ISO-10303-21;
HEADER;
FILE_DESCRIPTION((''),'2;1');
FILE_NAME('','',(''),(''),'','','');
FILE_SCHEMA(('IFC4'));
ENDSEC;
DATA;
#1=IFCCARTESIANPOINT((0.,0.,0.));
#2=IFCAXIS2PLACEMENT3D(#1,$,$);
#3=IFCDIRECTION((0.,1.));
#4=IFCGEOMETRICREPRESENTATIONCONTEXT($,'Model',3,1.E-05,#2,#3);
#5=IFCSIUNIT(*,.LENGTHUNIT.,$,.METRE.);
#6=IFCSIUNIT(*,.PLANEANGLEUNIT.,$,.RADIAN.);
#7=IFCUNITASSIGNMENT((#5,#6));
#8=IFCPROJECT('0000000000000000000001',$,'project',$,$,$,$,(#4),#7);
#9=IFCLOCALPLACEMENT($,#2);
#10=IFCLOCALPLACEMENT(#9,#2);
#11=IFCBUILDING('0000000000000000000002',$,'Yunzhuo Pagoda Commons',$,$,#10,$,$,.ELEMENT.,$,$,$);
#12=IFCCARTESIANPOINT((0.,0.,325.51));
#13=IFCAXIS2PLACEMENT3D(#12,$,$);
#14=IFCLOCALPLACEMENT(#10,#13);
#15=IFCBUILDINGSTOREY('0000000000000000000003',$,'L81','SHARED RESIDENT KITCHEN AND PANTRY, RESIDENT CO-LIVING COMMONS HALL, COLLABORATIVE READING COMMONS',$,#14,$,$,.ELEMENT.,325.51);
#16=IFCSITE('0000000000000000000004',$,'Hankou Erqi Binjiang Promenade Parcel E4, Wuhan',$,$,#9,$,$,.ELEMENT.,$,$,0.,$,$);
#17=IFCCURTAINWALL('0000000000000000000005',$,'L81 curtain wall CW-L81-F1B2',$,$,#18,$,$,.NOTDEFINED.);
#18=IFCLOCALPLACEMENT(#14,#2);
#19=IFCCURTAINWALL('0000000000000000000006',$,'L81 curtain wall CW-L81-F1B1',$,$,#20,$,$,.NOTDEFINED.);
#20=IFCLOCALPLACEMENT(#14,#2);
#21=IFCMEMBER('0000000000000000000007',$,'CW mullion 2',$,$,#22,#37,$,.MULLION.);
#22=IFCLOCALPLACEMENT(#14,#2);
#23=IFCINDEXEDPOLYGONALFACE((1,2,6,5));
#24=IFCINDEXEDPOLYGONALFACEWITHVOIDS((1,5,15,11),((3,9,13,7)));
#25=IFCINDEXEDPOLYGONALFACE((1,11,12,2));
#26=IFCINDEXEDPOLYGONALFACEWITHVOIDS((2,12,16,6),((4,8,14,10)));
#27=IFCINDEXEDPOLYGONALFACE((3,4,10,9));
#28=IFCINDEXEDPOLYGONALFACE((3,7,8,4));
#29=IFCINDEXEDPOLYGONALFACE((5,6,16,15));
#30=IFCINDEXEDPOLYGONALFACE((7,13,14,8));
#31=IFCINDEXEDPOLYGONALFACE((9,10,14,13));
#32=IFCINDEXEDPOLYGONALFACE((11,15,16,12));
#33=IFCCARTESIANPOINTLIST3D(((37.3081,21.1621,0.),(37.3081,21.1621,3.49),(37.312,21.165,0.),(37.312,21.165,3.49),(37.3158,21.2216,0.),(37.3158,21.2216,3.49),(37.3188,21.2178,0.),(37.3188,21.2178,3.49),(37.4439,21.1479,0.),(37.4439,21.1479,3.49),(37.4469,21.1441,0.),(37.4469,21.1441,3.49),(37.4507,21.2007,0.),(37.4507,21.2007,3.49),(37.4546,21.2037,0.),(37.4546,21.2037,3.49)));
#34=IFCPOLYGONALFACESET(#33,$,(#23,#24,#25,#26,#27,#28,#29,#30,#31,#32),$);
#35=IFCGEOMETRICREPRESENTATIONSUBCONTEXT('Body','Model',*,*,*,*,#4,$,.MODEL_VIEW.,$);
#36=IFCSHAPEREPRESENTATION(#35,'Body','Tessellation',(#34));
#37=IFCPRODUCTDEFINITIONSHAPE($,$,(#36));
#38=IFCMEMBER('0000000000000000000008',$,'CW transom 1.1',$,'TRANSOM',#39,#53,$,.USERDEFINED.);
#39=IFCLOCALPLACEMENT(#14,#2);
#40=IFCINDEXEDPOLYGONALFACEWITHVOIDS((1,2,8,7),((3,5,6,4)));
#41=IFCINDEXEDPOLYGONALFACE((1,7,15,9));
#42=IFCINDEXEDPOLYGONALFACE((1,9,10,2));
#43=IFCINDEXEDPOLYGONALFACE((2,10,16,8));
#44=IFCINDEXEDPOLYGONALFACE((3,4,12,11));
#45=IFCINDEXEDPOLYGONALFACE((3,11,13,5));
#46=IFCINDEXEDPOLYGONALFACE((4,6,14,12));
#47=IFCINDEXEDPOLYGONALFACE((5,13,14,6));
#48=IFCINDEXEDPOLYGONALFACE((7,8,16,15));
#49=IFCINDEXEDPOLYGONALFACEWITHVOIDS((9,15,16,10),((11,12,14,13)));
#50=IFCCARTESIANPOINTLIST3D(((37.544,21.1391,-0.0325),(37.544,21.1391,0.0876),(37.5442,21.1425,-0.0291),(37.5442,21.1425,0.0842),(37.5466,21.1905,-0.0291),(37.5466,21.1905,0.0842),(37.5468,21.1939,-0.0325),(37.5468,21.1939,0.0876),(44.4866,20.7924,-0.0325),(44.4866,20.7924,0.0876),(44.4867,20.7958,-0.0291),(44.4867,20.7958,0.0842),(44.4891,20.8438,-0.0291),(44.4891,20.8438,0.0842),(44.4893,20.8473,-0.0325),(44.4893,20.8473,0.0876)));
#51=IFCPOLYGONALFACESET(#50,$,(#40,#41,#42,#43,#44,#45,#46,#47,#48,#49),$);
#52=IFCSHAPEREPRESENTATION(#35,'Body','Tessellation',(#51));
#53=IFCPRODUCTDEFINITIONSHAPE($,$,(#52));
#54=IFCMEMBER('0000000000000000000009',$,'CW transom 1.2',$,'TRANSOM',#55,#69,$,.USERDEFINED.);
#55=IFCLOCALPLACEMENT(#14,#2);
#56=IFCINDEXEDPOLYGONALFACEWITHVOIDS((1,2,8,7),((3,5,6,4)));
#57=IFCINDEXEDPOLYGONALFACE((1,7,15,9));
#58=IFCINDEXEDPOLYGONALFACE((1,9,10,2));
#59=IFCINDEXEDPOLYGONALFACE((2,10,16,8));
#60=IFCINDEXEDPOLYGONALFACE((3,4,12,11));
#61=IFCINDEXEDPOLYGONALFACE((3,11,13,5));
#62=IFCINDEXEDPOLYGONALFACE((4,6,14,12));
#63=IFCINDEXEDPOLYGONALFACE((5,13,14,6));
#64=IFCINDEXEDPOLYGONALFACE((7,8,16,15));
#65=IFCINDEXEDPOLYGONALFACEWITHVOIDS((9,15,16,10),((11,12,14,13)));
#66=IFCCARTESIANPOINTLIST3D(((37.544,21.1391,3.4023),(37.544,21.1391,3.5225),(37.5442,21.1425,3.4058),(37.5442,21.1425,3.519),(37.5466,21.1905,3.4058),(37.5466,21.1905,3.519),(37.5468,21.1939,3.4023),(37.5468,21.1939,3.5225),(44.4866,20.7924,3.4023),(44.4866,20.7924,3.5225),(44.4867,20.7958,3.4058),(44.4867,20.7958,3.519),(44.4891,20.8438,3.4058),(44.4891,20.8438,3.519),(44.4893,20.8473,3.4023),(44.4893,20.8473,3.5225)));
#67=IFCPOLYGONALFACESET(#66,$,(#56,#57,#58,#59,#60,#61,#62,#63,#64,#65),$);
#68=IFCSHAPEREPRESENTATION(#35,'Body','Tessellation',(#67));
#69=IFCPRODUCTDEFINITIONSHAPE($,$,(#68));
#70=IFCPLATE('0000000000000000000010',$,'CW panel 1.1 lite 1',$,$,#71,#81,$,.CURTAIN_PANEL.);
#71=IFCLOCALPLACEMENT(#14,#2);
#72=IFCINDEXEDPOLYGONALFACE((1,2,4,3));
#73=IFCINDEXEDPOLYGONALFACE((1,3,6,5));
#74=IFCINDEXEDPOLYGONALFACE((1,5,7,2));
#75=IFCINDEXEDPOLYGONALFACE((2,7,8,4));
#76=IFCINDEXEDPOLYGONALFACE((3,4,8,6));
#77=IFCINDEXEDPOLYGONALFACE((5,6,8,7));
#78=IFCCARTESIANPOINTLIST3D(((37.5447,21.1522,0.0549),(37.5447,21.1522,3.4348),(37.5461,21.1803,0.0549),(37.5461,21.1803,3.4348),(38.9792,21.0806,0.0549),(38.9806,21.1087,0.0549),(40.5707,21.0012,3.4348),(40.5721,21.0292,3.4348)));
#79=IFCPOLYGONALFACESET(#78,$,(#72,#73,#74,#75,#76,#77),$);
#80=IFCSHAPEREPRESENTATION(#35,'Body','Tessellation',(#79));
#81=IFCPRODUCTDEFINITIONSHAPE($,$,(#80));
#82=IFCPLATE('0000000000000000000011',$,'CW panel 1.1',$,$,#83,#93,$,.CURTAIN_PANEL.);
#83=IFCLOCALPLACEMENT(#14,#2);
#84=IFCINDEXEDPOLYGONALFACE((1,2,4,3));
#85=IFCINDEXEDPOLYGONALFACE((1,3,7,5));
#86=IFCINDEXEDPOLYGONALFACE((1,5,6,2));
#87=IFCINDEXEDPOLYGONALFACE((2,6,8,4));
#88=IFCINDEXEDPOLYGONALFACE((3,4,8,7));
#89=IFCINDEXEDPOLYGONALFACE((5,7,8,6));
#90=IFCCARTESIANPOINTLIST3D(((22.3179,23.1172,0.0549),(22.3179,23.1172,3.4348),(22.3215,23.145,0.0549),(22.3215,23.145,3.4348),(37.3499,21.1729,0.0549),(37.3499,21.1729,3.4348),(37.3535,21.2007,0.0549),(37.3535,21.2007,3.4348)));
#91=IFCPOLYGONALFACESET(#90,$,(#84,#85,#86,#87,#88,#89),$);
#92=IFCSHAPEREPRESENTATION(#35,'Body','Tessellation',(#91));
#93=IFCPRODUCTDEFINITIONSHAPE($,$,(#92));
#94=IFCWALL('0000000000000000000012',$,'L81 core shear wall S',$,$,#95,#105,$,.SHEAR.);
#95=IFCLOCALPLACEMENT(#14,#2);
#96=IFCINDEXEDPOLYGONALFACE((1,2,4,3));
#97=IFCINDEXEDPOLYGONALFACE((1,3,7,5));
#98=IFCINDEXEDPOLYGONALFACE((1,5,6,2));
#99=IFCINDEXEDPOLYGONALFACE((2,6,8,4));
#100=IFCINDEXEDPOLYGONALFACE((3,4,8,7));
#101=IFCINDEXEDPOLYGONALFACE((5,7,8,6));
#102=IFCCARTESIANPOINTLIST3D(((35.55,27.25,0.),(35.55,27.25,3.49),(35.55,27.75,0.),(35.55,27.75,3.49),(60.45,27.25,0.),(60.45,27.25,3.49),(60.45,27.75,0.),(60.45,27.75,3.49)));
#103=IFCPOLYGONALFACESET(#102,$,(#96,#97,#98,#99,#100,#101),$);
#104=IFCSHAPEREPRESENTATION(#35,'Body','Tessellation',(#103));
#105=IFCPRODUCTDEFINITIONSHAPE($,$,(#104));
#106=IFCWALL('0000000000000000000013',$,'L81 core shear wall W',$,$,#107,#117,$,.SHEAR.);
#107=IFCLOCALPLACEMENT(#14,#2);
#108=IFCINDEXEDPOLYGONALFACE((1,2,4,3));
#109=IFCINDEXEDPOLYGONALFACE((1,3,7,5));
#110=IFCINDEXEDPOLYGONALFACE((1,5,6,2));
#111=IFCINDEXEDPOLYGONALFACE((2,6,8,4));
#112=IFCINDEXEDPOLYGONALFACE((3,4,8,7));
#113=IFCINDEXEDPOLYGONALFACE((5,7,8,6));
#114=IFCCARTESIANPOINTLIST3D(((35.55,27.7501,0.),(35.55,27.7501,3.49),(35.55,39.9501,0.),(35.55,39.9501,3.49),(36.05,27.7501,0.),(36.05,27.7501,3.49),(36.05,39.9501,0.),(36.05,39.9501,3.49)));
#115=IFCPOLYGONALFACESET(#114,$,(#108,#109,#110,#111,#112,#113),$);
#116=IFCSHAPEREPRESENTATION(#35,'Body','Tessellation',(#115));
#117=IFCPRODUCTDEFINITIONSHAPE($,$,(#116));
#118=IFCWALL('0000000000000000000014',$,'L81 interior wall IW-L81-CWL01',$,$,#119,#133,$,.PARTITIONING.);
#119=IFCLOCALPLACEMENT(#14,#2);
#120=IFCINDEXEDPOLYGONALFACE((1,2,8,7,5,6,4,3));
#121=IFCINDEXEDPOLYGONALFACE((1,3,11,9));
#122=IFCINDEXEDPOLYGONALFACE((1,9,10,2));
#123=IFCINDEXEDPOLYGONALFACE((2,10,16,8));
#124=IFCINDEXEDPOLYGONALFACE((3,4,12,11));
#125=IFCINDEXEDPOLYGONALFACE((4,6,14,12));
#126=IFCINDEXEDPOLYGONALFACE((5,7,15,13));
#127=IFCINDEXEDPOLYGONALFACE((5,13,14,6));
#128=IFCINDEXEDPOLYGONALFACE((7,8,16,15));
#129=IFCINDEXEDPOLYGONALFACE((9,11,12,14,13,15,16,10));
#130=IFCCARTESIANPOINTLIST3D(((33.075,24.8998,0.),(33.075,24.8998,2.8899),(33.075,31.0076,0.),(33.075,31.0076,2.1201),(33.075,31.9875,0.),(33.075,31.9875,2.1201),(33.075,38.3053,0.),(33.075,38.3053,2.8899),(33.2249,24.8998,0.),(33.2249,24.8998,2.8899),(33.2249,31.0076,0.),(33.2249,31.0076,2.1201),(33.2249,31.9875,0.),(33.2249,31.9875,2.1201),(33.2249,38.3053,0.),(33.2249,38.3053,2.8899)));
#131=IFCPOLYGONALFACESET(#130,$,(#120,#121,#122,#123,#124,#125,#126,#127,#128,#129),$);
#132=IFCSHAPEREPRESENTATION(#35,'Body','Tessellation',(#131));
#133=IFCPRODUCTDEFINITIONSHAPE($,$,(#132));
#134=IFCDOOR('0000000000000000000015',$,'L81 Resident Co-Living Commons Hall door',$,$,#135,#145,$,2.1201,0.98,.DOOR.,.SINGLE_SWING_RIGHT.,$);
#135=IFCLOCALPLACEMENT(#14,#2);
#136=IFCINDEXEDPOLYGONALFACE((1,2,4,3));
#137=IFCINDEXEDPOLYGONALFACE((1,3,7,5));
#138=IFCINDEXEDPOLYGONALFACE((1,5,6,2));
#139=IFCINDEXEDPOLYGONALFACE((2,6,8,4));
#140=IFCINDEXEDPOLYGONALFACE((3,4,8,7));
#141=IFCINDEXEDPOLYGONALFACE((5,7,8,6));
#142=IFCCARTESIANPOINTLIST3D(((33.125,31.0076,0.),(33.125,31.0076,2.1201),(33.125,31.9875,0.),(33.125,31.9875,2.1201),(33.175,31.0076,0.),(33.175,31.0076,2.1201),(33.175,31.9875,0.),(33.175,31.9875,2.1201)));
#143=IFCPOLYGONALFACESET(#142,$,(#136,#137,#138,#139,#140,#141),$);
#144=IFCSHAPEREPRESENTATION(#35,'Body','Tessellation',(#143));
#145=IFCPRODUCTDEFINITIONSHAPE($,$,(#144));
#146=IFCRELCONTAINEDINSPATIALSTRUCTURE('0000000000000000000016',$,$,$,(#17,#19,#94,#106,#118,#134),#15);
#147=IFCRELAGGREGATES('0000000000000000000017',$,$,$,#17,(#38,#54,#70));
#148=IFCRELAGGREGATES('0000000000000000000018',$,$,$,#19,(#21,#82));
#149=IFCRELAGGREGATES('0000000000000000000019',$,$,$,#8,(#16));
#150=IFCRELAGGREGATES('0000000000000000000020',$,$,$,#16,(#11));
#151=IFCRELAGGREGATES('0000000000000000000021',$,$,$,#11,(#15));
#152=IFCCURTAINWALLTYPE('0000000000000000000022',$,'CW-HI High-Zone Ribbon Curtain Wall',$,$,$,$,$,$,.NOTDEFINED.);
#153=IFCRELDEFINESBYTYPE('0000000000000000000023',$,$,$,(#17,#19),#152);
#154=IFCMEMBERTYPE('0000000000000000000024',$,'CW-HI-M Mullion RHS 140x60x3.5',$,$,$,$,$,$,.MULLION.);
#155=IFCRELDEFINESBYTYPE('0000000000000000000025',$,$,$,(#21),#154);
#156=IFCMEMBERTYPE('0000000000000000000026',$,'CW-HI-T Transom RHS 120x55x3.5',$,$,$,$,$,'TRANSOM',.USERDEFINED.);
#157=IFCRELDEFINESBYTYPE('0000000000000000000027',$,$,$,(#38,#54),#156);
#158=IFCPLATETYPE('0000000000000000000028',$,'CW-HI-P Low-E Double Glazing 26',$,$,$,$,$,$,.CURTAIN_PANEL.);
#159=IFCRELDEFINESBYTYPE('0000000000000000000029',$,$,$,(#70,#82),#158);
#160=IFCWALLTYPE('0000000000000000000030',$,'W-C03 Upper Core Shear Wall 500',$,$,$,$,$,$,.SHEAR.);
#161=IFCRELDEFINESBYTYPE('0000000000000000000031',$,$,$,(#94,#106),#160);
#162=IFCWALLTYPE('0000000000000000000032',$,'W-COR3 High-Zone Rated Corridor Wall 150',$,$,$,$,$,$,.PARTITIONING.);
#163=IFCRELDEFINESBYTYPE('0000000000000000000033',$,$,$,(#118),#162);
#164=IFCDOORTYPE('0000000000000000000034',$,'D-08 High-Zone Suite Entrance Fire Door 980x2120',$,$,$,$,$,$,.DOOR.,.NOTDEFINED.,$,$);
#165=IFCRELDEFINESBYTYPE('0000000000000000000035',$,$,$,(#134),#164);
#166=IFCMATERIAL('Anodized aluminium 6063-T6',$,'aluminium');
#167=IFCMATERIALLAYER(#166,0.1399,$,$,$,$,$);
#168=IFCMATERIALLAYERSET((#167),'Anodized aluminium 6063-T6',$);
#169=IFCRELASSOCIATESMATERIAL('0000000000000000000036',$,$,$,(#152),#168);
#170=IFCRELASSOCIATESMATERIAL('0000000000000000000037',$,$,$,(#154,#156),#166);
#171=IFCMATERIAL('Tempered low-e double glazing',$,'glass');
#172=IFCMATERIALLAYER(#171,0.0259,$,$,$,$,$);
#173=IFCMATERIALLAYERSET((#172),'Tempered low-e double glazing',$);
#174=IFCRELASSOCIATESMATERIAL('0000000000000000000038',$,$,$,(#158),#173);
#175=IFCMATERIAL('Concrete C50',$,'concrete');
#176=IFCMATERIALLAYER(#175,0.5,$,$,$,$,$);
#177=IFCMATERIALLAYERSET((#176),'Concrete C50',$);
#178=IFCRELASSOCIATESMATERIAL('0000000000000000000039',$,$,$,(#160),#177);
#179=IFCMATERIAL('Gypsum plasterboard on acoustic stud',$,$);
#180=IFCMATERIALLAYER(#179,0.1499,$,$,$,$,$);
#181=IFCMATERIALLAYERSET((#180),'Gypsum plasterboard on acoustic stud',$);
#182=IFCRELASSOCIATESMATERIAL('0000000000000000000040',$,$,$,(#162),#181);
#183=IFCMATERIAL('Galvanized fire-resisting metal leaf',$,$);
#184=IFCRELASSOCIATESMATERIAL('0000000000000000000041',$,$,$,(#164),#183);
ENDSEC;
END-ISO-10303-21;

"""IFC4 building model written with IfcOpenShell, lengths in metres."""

from ifc_helpers import new_model, si_unit, direction, frame, frame_2d, origin, origin_with_axes, origin_2d, place, context, subcontext, project, spatial, polyline, rectangle, hollow_rectangle, outline, extrude, source, transform, mapped, material, layer, layer_set, material_profile, profile_set, type_object, element, fill, aggregate, save


model = new_model("IFC4")

# Units and contexts
model_context = context("Model", 3, precision=1e-05, world=origin(), true_north=direction((0.0, 1.0)))
body_context = subcontext(model_context, "Body", "Model", "MODEL_VIEW")
ifc_project = project(units=[si_unit("LENGTHUNIT", "METRE"), si_unit("PLANEANGLEUNIT", "RADIAN")], contexts=[model_context])

# Site, building, storey
site_placement = place(None, origin())
site = spatial("IfcSite", under=ifc_project, at=site_placement, Name="Hankou Erqi Binjiang Promenade Parcel E4, Wuhan", CompositionType="ELEMENT", RefElevation=0.0)
building_placement = place(site_placement, origin())
building = spatial("IfcBuilding", under=site, at=building_placement, Name="Yunzhuo Pagoda Commons", CompositionType="ELEMENT")
storey_placement = place(building_placement, frame((0.0, 0.0, 325.51)))
storey = spatial("IfcBuildingStorey", under=building, at=storey_placement, Name="L81", Description="SHARED RESIDENT KITCHEN AND PANTRY, RESIDENT CO-LIVING COMMONS HALL, COLLABORATIVE READING COMMONS", CompositionType="ELEMENT", Elevation=325.51)

# Curtain walls, member
ifc_material_1 = material(Name="Anodized aluminium 6063-T6", Category="aluminium")
ifc_layer_1 = layer(ifc_material_1, 0.1399)
ifc_layer_set_1 = layer_set([ifc_layer_1], Name="Anodized aluminium 6063-T6")
curtain_wall_type = type_object("IfcCurtainWallType", Name="CW-HI High-Zone Ribbon Curtain Wall", PredefinedType="NOTDEFINED", material=ifc_layer_set_1)
curtain_wall_1_placement = place(storey_placement, origin())
curtain_wall_1 = element("IfcCurtainWall", 1, at=curtain_wall_1_placement, inside=storey, type_object=curtain_wall_type, Name="L81 curtain wall CW-L81-F1B2", PredefinedType="NOTDEFINED")
ifc_material_profile_1 = material_profile(ifc_material_1, hollow_rectangle(XDim=0.0601, YDim=0.1399, WallThickness=0.0034, at=origin_2d()), Name="Anodized aluminium 6063-T6")
ifc_profile_set_1 = profile_set([ifc_material_profile_1], Name="Anodized aluminium 6063-T6")
member_type_1 = type_object("IfcMemberType", Name="CW-HI-M Mullion RHS 140x60x3.5", PredefinedType="MULLION", material=ifc_profile_set_1)
shared_shape_1 = source(origin(), body_context, "Body", "SweptSolid", [
    extrude(hollow_rectangle(XDim=0.0601, YDim=0.1399, WallThickness=0.0034, at=origin_2d()), origin(), (0.0, 0.0, 1.0), 3.49),
])
curtain_wall_2_placement = place(storey_placement, origin())
curtain_wall_2 = element("IfcCurtainWall", 2, at=curtain_wall_2_placement, inside=storey, type_object=curtain_wall_type, Name="L81 curtain wall CW-L81-F1B1", PredefinedType="NOTDEFINED")
member_1_placement = place(storey_placement, frame((37.3813, 21.1829, 0.0), z_axis=(0.0, 0.0, 1.0), x_axis=(0.128276, 0.991739, 0.0)))
member_1 = element("IfcMember", 3, at=member_1_placement, type_object=member_type_1, Name="CW mullion 2", PredefinedType="MULLION", context=body_context, shape_type="MappedRepresentation", body=[
    mapped(shared_shape_1, transform((0.0, 0.0, 0.0), scale=1.0)),
])

# Members
ifc_material_profile_2 = material_profile(ifc_material_1, hollow_rectangle(XDim=0.0549, YDim=0.1201, WallThickness=0.0034, at=origin_2d()), Name="Anodized aluminium 6063-T6")
ifc_profile_set_2 = profile_set([ifc_material_profile_2], Name="Anodized aluminium 6063-T6")
member_type_2 = type_object("IfcMemberType", Name="CW-HI-T Transom RHS 120x55x3.5", ElementType="TRANSOM", PredefinedType="USERDEFINED", material=ifc_profile_set_2)
shared_shape_2 = source(origin(), body_context, "Body", "SweptSolid", [
    extrude(hollow_rectangle(XDim=0.0549, YDim=0.1201, WallThickness=0.0034, at=origin_2d()), origin(), (0.0, 0.0, 1.0), 6.9512),
])
member_2_placement = place(storey_placement, frame((37.5454, 21.1665, 0.0276), z_axis=(0.998756, -0.049873, 0.0), x_axis=(0.049873, 0.998756, 0.0)))
member_2 = element("IfcMember", 4, at=member_2_placement, type_object=member_type_2, Name="CW transom 1.1", ObjectType="TRANSOM", PredefinedType="USERDEFINED", context=body_context, shape_type="MappedRepresentation", body=[
    mapped(shared_shape_2, transform((0.0, 0.0, 0.0), scale=1.0)),
])
member_3_placement = place(storey_placement, frame((37.5454, 21.1665, 3.4624), z_axis=(0.998756, -0.049873, 0.0), x_axis=(0.049873, 0.998756, 0.0)))
member_3 = element("IfcMember", 5, at=member_3_placement, type_object=member_type_2, Name="CW transom 1.2", ObjectType="TRANSOM", PredefinedType="USERDEFINED", context=body_context, shape_type="MappedRepresentation", body=[
    mapped(shared_shape_2, transform((0.0, 0.0, 0.0), scale=1.0)),
])

# Plates
ifc_material_2 = material(Name="Tempered low-e double glazing", Category="glass")
ifc_layer_2 = layer(ifc_material_2, 0.0259)
ifc_layer_set_2 = layer_set([ifc_layer_2], Name="Tempered low-e double glazing")
plate_type = type_object("IfcPlateType", Name="CW-HI-P Low-E Double Glazing 26", PredefinedType="CURTAIN_PANEL", material=ifc_layer_set_2)
plate_1_placement = place(storey_placement, frame((39.0591, 21.1047, 1.7449), z_axis=(-0.04985, -0.998757, 0.0), x_axis=(0.998757, -0.04985, 0.0)))
plate_1 = element("IfcPlate", 6, at=plate_1_placement, type_object=plate_type, Name="CW panel 1.1 lite 1", PredefinedType="CURTAIN_PANEL", context=body_context, shape_type="SweptSolid", body=[
    extrude(outline(polyline([(-1.5149, -1.6899), (-0.0786, -1.6899), (1.5149, 1.6899), (-1.5149, 1.6899), (-1.5149, -1.6899)])), origin(), (0.0, 0.0, 1.0), 0.0281),
])
aggregate(curtain_wall_1, [member_2, member_3, plate_1])
shared_shape_3 = source(origin(), body_context, "Body", "SweptSolid", [
    extrude(rectangle(XDim=15.1572, YDim=0.0281, at=origin_2d()), origin(), (0.0, 0.0, 1.0), 3.3799),
])
plate_2_placement = place(storey_placement, frame((29.8357, 22.1589, 0.0549), z_axis=(0.0, 0.0, 1.0), x_axis=(0.991739, -0.128276, 0.0)))
plate_2 = element("IfcPlate", 7, at=plate_2_placement, type_object=plate_type, Name="CW panel 1.1", PredefinedType="CURTAIN_PANEL", context=body_context, shape_type="MappedRepresentation", body=[
    mapped(shared_shape_3, transform((0.0, 0.0, 0.0), scale=1.0)),
])
aggregate(curtain_wall_2, [member_1, plate_2])

# Walls
ifc_material_3 = material(Name="Concrete C50", Category="concrete")
ifc_layer_3 = layer(ifc_material_3, 0.5)
ifc_layer_set_3 = layer_set([ifc_layer_3], Name="Concrete C50")
wall_type_1 = type_object("IfcWallType", Name="W-C03 Upper Core Shear Wall 500", PredefinedType="SHEAR", material=ifc_layer_set_3)
wall_1_placement = place(storey_placement, frame((35.55, 27.5, 0.0), z_axis=(0.0, 0.0, 1.0), x_axis=(1.0, 0.0, 0.0)))
element("IfcWall", 8, at=wall_1_placement, inside=storey, type_object=wall_type_1, Name="L81 core shear wall S", PredefinedType="SHEAR", context=body_context, shape_type="SweptSolid", body=[
    extrude(rectangle(XDim=24.8999, YDim=0.5, at=frame_2d((12.45, 0.0))), origin(), (0.0, 0.0, 1.0), 3.49),
])
wall_2_placement = place(storey_placement, frame((35.8, 27.75, 0.0), z_axis=(0.0, 0.0, 1.0), x_axis=(0.0, 1.0, 0.0)))
element("IfcWall", 9, at=wall_2_placement, inside=storey, type_object=wall_type_1, Name="L81 core shear wall W", PredefinedType="SHEAR", context=body_context, shape_type="SweptSolid", body=[
    extrude(rectangle(XDim=12.2, YDim=0.5, at=frame_2d((6.1001, 0.0))), origin(), (0.0, 0.0, 1.0), 3.49),
])

# Wall, opening, door
ifc_material_4 = material(Name="Gypsum plasterboard on acoustic stud")
ifc_layer_4 = layer(ifc_material_4, 0.1499)
ifc_layer_set_4 = layer_set([ifc_layer_4], Name="Gypsum plasterboard on acoustic stud")
wall_type_2 = type_object("IfcWallType", Name="W-COR3 High-Zone Rated Corridor Wall 150", PredefinedType="PARTITIONING", material=ifc_layer_set_4)
wall_3_placement = place(storey_placement, frame((33.1499, 24.8999, 0.0), z_axis=(0.0, 0.0, 1.0), x_axis=(0.0, 1.0, 0.0)))
wall_3 = element("IfcWall", 10, at=wall_3_placement, inside=storey, type_object=wall_type_2, Name="L81 interior wall IW-L81-CWL01", PredefinedType="PARTITIONING", context=body_context, shape_type="SweptSolid", body=[
    extrude(rectangle(XDim=13.4055, YDim=0.1499, at=frame_2d((6.7026, 0.0))), origin(), (0.0, 0.0, 1.0), 2.8899),
])
opening_placement = place(wall_3_placement, frame((6.1077, 0.0, 0.0)))
opening = element("IfcOpeningElement", 11, at=opening_placement, cuts=wall_3, PredefinedType="OPENING", context=body_context, shape_type="SweptSolid", body=[
    extrude(rectangle(XDim=0.98, YDim=2.1201, at=frame_2d((0.49, 1.0601))), frame((0.0, 0.085, 0.0), z_axis=(0.0, -1.0, 0.0), x_axis=(1.0, 0.0, 0.0)), (0.0, 0.0, 1.0), 0.1699),
])
ifc_material_5 = material(Name="Galvanized fire-resisting metal leaf")
door_type = type_object("IfcDoorType", Name="D-08 High-Zone Suite Entrance Fire Door 980x2120", OperationType="NOTDEFINED", PredefinedType="DOOR", material=ifc_material_5)
shared_shape_4 = source(origin(), body_context, "Body", "SweptSolid", [
    extrude(rectangle(XDim=0.98, YDim=2.1201, at=frame_2d((0.49, 1.0601))), frame((0.0, 0.0249, 0.0), z_axis=(0.0, -1.0, 0.0), x_axis=(1.0, 0.0, 0.0)), (0.0, 0.0, 1.0), 0.05),
])
door_placement = place(opening_placement, origin_with_axes())
door = element("IfcDoor", 12, at=door_placement, inside=storey, type_object=door_type, Name="L81 Resident Co-Living Commons Hall door", OperationType="SINGLE_SWING_RIGHT", OverallHeight=2.1201, OverallWidth=0.98, PredefinedType="DOOR", context=body_context, shape_type="MappedRepresentation", body=[
    mapped(shared_shape_4, transform((0.0, 0.0, 0.0), scale=1.0)),
])
fill(opening, door)

save(model, "model.ifc")
